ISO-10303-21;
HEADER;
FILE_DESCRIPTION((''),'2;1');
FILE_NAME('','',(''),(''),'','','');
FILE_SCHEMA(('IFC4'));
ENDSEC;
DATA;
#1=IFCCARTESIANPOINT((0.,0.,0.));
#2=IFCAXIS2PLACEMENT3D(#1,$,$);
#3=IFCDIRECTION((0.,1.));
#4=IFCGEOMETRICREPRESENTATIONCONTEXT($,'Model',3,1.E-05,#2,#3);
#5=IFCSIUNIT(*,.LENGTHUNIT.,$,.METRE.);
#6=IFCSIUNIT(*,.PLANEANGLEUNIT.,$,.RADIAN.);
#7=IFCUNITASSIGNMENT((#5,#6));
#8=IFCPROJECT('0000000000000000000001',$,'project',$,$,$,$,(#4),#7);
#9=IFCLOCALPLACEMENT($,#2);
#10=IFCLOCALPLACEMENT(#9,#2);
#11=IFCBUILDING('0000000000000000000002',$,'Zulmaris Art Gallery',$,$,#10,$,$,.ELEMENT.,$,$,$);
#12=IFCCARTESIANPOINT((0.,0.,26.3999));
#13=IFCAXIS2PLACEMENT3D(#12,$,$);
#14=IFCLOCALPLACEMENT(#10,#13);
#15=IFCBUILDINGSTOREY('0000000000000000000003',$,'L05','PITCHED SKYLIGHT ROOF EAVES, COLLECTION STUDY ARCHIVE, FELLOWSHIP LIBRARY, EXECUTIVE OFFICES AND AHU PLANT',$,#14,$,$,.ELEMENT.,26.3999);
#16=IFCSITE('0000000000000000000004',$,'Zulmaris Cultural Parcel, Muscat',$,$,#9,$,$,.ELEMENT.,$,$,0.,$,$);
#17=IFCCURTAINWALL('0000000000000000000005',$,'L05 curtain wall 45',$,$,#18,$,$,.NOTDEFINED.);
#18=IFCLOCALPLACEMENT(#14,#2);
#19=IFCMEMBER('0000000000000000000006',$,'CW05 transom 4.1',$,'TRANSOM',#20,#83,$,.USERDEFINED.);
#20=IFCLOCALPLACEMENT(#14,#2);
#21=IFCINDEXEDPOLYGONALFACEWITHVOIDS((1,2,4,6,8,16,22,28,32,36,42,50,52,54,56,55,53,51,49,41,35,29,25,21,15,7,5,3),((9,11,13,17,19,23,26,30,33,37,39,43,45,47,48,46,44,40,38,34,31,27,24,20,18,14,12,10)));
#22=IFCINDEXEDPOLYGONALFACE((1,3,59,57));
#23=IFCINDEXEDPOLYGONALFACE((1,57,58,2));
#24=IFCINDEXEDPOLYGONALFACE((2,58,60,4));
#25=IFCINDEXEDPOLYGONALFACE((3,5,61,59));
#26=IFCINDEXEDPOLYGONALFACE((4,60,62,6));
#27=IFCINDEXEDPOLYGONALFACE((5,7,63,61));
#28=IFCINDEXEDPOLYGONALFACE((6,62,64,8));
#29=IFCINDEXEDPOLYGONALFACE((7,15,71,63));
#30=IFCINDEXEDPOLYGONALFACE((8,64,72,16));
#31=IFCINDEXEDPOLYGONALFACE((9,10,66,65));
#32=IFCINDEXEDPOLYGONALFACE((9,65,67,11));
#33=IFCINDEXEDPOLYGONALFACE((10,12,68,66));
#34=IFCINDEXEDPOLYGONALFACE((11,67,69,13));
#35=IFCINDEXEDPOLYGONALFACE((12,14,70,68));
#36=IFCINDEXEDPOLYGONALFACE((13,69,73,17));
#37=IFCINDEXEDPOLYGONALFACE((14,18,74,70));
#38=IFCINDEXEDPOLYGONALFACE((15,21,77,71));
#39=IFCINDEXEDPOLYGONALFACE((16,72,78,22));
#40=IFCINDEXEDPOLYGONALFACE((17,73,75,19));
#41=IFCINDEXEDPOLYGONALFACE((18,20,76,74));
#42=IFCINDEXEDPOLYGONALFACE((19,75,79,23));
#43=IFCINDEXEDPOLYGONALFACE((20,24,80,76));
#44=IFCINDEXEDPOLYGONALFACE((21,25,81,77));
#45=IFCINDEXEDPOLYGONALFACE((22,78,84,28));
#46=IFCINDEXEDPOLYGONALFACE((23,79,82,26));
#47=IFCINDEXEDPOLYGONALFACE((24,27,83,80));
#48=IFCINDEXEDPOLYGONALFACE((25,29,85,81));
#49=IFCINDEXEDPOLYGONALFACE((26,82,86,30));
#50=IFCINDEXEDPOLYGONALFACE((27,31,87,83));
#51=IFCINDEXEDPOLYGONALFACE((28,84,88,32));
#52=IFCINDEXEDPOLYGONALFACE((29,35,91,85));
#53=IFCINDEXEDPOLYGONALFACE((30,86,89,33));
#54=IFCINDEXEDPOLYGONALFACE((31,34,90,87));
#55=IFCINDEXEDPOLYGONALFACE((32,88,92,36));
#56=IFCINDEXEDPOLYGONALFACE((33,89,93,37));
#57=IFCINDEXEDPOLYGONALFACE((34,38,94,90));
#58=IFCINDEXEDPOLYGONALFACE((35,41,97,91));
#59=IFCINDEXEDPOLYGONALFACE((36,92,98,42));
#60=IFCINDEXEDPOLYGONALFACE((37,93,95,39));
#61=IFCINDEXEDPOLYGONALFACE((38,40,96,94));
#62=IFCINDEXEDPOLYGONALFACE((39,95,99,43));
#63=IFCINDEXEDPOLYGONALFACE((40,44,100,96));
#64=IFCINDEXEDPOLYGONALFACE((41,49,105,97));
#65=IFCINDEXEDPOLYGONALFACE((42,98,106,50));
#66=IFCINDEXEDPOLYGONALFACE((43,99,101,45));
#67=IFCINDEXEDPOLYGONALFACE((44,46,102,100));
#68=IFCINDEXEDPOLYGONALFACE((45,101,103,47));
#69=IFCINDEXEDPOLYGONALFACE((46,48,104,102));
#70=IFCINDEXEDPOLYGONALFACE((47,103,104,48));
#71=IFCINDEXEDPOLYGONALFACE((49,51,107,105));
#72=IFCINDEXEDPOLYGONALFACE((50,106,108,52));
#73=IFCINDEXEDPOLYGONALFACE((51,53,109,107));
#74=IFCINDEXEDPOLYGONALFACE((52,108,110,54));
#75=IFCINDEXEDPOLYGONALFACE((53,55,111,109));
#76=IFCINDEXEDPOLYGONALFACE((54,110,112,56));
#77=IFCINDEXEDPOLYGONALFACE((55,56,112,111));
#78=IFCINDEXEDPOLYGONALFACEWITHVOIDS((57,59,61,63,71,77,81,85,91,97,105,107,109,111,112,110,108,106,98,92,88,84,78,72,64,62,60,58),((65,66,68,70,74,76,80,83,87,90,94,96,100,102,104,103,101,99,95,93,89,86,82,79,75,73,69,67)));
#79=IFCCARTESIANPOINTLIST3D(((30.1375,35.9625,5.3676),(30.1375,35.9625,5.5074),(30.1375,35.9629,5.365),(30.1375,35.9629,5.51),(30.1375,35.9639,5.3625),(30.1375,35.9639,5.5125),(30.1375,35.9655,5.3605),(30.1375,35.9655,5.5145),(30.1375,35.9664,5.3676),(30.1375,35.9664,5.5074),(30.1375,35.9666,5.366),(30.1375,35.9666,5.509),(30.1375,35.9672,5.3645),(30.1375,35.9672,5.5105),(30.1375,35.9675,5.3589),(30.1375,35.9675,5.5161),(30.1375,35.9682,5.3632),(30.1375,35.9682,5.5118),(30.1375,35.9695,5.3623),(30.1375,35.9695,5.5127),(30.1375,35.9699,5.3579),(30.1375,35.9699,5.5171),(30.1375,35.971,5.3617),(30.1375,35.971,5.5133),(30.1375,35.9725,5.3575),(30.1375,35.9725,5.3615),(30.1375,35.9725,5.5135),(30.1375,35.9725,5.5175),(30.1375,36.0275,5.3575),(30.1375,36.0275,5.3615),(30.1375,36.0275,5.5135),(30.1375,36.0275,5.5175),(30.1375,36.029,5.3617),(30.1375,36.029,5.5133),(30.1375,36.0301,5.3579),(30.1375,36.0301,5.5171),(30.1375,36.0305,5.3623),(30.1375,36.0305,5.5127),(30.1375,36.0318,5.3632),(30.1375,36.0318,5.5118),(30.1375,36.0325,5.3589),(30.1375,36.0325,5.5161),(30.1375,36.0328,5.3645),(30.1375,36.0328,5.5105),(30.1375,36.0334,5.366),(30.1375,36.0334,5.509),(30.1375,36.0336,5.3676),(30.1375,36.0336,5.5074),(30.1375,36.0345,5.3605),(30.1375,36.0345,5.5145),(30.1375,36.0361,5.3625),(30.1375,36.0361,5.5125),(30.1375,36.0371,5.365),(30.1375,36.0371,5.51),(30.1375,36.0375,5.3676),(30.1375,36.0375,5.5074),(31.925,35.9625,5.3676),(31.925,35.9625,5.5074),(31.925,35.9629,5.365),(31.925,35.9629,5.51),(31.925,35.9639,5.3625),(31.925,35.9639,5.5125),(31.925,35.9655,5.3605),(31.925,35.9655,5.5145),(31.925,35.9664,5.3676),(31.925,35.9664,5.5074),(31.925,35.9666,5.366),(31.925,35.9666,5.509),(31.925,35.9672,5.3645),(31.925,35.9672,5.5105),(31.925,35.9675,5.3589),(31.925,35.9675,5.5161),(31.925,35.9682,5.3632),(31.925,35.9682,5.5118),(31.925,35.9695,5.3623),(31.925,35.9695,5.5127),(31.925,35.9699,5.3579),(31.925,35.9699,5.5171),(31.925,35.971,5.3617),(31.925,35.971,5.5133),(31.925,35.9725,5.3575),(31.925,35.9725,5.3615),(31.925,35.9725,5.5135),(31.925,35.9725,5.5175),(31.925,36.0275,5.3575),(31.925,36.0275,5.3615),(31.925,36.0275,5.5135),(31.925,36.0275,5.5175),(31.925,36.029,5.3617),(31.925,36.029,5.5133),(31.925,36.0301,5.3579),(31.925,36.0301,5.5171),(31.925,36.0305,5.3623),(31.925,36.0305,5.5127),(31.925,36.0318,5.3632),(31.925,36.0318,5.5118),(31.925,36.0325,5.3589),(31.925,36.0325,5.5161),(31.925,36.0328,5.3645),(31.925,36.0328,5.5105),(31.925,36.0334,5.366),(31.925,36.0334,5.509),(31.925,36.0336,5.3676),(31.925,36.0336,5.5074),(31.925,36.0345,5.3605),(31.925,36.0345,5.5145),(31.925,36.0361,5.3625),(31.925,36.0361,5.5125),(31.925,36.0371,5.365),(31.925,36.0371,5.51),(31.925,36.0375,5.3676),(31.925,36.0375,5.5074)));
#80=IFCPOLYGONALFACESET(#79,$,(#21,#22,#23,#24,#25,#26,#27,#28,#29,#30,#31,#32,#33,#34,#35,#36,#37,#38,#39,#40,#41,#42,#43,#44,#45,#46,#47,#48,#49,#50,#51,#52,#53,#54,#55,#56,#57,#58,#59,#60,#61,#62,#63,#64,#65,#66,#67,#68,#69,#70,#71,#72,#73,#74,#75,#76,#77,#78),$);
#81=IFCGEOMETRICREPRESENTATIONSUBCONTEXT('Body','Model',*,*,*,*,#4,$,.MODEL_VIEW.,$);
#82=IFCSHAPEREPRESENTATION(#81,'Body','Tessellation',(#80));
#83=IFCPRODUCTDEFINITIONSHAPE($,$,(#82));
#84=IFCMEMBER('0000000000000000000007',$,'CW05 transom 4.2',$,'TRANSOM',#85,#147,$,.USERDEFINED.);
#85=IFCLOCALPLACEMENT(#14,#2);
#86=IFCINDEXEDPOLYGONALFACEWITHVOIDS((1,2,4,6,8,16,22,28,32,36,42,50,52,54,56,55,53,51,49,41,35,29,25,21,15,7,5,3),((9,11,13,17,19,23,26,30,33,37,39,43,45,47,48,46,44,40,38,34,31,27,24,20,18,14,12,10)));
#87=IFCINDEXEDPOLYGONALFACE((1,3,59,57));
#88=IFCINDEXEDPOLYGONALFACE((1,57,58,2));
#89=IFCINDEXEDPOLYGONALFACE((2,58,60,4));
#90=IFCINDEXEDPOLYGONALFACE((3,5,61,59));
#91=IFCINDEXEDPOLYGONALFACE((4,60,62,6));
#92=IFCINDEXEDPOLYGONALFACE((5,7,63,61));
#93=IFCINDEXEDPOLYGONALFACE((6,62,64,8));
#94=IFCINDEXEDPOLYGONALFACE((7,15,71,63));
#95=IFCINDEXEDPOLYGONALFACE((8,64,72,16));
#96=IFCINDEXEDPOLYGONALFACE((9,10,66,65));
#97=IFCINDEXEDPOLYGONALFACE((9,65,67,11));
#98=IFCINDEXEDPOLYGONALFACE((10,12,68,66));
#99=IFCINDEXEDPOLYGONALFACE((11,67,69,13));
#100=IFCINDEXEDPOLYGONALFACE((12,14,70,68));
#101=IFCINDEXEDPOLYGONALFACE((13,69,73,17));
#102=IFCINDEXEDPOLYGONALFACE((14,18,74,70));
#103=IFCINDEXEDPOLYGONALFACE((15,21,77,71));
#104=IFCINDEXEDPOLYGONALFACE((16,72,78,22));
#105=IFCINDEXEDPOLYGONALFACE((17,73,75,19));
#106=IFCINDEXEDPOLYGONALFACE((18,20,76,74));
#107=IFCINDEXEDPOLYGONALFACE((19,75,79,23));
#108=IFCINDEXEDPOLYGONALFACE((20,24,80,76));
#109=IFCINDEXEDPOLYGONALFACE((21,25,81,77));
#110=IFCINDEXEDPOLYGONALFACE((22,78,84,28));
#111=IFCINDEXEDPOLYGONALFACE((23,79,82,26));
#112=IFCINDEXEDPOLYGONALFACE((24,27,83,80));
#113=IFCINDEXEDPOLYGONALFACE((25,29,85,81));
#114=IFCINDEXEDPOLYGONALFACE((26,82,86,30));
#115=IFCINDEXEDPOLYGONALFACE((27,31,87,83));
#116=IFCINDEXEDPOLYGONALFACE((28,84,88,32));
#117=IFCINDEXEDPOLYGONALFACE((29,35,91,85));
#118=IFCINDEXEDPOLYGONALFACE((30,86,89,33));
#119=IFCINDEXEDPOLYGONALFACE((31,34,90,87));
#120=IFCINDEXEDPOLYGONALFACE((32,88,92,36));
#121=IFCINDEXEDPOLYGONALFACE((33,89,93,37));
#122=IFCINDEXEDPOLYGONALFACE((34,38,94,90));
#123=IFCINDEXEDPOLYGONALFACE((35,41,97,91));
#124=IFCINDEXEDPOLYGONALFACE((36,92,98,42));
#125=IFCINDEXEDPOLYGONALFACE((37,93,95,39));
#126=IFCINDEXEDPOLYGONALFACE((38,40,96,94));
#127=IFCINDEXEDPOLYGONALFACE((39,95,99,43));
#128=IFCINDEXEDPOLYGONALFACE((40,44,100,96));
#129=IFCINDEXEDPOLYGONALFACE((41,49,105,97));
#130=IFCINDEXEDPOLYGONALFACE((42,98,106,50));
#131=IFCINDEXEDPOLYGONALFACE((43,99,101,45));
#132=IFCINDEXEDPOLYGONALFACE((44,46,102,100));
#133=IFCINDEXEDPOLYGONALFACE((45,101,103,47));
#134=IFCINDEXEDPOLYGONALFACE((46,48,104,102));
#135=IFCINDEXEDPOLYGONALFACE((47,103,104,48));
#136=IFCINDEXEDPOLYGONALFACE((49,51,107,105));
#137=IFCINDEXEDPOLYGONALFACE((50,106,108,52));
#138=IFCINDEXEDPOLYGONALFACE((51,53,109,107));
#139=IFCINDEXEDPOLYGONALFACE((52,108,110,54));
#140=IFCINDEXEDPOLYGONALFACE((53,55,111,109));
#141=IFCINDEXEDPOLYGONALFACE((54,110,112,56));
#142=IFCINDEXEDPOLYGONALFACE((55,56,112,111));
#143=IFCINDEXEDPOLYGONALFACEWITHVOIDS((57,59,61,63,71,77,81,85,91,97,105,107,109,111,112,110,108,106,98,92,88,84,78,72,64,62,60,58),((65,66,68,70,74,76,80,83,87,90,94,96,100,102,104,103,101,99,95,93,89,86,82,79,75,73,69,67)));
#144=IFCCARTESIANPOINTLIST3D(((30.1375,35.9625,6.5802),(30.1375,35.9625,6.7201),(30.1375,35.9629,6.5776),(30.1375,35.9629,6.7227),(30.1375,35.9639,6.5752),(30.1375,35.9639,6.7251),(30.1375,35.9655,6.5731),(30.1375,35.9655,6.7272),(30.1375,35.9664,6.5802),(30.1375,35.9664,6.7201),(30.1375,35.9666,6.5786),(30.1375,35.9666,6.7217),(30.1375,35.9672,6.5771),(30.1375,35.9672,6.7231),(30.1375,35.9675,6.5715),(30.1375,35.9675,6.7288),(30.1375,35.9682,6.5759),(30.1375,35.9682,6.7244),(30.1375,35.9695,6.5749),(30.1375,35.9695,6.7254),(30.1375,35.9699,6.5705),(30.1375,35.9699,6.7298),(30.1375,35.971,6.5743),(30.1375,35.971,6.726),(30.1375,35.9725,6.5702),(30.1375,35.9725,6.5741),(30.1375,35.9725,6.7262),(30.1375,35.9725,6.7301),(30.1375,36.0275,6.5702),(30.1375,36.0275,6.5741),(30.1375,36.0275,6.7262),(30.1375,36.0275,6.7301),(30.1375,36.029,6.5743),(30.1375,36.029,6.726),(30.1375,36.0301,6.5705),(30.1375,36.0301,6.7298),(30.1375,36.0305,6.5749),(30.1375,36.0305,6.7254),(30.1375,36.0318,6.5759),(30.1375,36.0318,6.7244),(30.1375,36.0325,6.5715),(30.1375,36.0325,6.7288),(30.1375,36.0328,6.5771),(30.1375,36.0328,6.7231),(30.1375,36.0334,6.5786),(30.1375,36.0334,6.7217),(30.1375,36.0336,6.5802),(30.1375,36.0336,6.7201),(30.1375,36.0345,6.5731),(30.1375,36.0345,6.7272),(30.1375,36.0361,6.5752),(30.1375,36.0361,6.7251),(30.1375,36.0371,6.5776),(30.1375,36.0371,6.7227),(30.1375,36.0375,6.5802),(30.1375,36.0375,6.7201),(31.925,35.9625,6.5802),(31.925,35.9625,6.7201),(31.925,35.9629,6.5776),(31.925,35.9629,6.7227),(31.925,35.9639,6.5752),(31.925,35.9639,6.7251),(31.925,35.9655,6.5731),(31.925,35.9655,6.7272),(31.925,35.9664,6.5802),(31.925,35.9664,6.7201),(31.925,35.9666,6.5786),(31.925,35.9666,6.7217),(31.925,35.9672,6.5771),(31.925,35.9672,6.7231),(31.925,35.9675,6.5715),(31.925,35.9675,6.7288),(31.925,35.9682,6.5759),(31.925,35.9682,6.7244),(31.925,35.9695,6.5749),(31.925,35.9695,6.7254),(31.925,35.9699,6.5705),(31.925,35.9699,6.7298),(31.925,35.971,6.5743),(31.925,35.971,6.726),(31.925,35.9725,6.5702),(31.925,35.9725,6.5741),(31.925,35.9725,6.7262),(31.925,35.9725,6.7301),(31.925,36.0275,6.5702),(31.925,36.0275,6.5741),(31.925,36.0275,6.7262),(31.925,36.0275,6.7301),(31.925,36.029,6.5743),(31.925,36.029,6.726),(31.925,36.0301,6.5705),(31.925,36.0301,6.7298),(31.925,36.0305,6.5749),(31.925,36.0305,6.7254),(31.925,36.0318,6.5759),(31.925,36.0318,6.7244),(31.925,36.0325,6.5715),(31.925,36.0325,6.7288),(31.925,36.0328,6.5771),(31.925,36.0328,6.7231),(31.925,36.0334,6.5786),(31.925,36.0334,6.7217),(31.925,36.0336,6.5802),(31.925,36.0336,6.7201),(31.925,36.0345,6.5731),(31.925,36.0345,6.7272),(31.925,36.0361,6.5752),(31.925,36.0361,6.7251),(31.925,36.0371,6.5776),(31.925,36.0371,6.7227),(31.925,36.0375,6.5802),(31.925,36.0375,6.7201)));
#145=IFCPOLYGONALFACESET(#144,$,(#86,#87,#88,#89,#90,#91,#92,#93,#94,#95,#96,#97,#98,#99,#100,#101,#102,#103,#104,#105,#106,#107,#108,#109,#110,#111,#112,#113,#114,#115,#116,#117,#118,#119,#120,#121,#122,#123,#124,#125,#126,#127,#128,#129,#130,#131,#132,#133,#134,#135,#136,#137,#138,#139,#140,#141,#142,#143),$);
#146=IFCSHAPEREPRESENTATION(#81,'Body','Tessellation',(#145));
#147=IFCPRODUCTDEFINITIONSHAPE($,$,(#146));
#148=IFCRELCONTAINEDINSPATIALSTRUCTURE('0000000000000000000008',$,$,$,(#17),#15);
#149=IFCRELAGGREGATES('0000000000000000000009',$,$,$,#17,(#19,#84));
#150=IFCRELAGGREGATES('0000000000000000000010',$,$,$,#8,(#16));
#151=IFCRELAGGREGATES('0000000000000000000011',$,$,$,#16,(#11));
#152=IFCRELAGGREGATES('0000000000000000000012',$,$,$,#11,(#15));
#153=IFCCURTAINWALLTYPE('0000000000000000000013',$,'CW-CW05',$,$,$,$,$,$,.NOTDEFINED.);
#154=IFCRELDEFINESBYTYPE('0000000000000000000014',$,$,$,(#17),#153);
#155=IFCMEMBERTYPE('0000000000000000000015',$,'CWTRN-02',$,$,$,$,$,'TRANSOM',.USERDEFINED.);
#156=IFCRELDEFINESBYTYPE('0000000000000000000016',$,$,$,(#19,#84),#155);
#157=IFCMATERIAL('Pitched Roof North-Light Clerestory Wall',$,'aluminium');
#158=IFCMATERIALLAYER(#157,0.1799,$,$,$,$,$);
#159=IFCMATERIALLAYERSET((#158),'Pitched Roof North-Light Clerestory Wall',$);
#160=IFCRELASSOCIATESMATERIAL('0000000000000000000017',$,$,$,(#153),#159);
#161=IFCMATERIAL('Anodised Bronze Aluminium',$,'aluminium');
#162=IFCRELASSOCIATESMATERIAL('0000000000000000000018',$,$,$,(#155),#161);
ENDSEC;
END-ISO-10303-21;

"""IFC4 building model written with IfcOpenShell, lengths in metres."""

from ifc_helpers import new_model, si_unit, direction, frame, origin, origin_2d, place, context, subcontext, project, spatial, hollow_rectangle, extrude, material, layer, layer_set, material_profile, profile_set, type_object, element, aggregate, save


model = new_model("IFC4")

# Units and contexts
model_context = context("Model", 3, precision=1e-05, world=origin(), true_north=direction((0.0, 1.0)))
body_context = subcontext(model_context, "Body", "Model", "MODEL_VIEW")
ifc_project = project(units=[si_unit("LENGTHUNIT", "METRE"), si_unit("PLANEANGLEUNIT", "RADIAN")], contexts=[model_context])

# Site, building, storey
site_placement = place(None, origin())
site = spatial("IfcSite", under=ifc_project, at=site_placement, Name="Zulmaris Cultural Parcel, Muscat", CompositionType="ELEMENT", RefElevation=0.0)
building_placement = place(site_placement, origin())
building = spatial("IfcBuilding", under=site, at=building_placement, Name="Zulmaris Art Gallery", CompositionType="ELEMENT")
storey_placement = place(building_placement, frame((0.0, 0.0, 26.3999)))
storey = spatial("IfcBuildingStorey", under=building, at=storey_placement, Name="L05", Description="PITCHED SKYLIGHT ROOF EAVES, COLLECTION STUDY ARCHIVE, FELLOWSHIP LIBRARY, EXECUTIVE OFFICES AND AHU PLANT", CompositionType="ELEMENT", Elevation=26.3999)

# Curtain wall, members
ifc_material_1 = material(Name="Pitched Roof North-Light Clerestory Wall", Category="aluminium")
ifc_layer_1 = layer(ifc_material_1, 0.1799)
ifc_layer_set_1 = layer_set([ifc_layer_1], Name="Pitched Roof North-Light Clerestory Wall")
curtain_wall_type = type_object("IfcCurtainWallType", Name="CW-CW05", PredefinedType="NOTDEFINED", material=ifc_layer_set_1)
curtain_wall_placement = place(storey_placement, origin())
curtain_wall = element("IfcCurtainWall", 1, at=curtain_wall_placement, inside=storey, type_object=curtain_wall_type, Name="L05 curtain wall 45", PredefinedType="NOTDEFINED")
ifc_material_2 = material(Name="Anodised Bronze Aluminium", Category="aluminium")
ifc_material_profile_1 = material_profile(ifc_material_2, hollow_rectangle(XDim=0.075, YDim=0.1599, WallThickness=0.0039, InnerFilletRadius=0.0061, OuterFilletRadius=0.01, at=origin_2d()), Name="ALU 75x160x4")
ifc_profile_set_1 = profile_set([ifc_material_profile_1], Name="Anodised Bronze Aluminium")
member_type_1 = type_object("IfcMemberType", Name="CWTRN-02", ElementType="TRANSOM", PredefinedType="USERDEFINED", material=ifc_profile_set_1)
member_1_placement = place(storey_placement, frame((30.1375, 36.0, 5.4375), z_axis=(1.0, 0.0, 0.0), x_axis=(0.0, 1.0, 0.0)))
member_1 = element("IfcMember", 2, at=member_1_placement, type_object=member_type_1, Name="CW05 transom 4.1", ObjectType="TRANSOM", PredefinedType="USERDEFINED", context=body_context, shape_type="SweptSolid", body=[
    extrude(hollow_rectangle(XDim=0.075, YDim=0.1599, WallThickness=0.0039, InnerFilletRadius=0.0061, OuterFilletRadius=0.01, at=origin_2d()), origin(), (0.0, 0.0, 1.0), 1.7876),
])
member_2_placement = place(storey_placement, frame((30.1375, 36.0, 6.6501), z_axis=(1.0, 0.0, 0.0), x_axis=(0.0, 1.0, 0.0)))
member_2 = element("IfcMember", 3, at=member_2_placement, type_object=member_type_1, Name="CW05 transom 4.2", ObjectType="TRANSOM", PredefinedType="USERDEFINED", context=body_context, shape_type="SweptSolid", body=[
    extrude(hollow_rectangle(XDim=0.075, YDim=0.1599, WallThickness=0.0039, InnerFilletRadius=0.0061, OuterFilletRadius=0.01, at=origin_2d()), origin(), (0.0, 0.0, 1.0), 1.7876),
])

aggregate(curtain_wall, [member_1, member_2])

save(model, "model.ifc")
